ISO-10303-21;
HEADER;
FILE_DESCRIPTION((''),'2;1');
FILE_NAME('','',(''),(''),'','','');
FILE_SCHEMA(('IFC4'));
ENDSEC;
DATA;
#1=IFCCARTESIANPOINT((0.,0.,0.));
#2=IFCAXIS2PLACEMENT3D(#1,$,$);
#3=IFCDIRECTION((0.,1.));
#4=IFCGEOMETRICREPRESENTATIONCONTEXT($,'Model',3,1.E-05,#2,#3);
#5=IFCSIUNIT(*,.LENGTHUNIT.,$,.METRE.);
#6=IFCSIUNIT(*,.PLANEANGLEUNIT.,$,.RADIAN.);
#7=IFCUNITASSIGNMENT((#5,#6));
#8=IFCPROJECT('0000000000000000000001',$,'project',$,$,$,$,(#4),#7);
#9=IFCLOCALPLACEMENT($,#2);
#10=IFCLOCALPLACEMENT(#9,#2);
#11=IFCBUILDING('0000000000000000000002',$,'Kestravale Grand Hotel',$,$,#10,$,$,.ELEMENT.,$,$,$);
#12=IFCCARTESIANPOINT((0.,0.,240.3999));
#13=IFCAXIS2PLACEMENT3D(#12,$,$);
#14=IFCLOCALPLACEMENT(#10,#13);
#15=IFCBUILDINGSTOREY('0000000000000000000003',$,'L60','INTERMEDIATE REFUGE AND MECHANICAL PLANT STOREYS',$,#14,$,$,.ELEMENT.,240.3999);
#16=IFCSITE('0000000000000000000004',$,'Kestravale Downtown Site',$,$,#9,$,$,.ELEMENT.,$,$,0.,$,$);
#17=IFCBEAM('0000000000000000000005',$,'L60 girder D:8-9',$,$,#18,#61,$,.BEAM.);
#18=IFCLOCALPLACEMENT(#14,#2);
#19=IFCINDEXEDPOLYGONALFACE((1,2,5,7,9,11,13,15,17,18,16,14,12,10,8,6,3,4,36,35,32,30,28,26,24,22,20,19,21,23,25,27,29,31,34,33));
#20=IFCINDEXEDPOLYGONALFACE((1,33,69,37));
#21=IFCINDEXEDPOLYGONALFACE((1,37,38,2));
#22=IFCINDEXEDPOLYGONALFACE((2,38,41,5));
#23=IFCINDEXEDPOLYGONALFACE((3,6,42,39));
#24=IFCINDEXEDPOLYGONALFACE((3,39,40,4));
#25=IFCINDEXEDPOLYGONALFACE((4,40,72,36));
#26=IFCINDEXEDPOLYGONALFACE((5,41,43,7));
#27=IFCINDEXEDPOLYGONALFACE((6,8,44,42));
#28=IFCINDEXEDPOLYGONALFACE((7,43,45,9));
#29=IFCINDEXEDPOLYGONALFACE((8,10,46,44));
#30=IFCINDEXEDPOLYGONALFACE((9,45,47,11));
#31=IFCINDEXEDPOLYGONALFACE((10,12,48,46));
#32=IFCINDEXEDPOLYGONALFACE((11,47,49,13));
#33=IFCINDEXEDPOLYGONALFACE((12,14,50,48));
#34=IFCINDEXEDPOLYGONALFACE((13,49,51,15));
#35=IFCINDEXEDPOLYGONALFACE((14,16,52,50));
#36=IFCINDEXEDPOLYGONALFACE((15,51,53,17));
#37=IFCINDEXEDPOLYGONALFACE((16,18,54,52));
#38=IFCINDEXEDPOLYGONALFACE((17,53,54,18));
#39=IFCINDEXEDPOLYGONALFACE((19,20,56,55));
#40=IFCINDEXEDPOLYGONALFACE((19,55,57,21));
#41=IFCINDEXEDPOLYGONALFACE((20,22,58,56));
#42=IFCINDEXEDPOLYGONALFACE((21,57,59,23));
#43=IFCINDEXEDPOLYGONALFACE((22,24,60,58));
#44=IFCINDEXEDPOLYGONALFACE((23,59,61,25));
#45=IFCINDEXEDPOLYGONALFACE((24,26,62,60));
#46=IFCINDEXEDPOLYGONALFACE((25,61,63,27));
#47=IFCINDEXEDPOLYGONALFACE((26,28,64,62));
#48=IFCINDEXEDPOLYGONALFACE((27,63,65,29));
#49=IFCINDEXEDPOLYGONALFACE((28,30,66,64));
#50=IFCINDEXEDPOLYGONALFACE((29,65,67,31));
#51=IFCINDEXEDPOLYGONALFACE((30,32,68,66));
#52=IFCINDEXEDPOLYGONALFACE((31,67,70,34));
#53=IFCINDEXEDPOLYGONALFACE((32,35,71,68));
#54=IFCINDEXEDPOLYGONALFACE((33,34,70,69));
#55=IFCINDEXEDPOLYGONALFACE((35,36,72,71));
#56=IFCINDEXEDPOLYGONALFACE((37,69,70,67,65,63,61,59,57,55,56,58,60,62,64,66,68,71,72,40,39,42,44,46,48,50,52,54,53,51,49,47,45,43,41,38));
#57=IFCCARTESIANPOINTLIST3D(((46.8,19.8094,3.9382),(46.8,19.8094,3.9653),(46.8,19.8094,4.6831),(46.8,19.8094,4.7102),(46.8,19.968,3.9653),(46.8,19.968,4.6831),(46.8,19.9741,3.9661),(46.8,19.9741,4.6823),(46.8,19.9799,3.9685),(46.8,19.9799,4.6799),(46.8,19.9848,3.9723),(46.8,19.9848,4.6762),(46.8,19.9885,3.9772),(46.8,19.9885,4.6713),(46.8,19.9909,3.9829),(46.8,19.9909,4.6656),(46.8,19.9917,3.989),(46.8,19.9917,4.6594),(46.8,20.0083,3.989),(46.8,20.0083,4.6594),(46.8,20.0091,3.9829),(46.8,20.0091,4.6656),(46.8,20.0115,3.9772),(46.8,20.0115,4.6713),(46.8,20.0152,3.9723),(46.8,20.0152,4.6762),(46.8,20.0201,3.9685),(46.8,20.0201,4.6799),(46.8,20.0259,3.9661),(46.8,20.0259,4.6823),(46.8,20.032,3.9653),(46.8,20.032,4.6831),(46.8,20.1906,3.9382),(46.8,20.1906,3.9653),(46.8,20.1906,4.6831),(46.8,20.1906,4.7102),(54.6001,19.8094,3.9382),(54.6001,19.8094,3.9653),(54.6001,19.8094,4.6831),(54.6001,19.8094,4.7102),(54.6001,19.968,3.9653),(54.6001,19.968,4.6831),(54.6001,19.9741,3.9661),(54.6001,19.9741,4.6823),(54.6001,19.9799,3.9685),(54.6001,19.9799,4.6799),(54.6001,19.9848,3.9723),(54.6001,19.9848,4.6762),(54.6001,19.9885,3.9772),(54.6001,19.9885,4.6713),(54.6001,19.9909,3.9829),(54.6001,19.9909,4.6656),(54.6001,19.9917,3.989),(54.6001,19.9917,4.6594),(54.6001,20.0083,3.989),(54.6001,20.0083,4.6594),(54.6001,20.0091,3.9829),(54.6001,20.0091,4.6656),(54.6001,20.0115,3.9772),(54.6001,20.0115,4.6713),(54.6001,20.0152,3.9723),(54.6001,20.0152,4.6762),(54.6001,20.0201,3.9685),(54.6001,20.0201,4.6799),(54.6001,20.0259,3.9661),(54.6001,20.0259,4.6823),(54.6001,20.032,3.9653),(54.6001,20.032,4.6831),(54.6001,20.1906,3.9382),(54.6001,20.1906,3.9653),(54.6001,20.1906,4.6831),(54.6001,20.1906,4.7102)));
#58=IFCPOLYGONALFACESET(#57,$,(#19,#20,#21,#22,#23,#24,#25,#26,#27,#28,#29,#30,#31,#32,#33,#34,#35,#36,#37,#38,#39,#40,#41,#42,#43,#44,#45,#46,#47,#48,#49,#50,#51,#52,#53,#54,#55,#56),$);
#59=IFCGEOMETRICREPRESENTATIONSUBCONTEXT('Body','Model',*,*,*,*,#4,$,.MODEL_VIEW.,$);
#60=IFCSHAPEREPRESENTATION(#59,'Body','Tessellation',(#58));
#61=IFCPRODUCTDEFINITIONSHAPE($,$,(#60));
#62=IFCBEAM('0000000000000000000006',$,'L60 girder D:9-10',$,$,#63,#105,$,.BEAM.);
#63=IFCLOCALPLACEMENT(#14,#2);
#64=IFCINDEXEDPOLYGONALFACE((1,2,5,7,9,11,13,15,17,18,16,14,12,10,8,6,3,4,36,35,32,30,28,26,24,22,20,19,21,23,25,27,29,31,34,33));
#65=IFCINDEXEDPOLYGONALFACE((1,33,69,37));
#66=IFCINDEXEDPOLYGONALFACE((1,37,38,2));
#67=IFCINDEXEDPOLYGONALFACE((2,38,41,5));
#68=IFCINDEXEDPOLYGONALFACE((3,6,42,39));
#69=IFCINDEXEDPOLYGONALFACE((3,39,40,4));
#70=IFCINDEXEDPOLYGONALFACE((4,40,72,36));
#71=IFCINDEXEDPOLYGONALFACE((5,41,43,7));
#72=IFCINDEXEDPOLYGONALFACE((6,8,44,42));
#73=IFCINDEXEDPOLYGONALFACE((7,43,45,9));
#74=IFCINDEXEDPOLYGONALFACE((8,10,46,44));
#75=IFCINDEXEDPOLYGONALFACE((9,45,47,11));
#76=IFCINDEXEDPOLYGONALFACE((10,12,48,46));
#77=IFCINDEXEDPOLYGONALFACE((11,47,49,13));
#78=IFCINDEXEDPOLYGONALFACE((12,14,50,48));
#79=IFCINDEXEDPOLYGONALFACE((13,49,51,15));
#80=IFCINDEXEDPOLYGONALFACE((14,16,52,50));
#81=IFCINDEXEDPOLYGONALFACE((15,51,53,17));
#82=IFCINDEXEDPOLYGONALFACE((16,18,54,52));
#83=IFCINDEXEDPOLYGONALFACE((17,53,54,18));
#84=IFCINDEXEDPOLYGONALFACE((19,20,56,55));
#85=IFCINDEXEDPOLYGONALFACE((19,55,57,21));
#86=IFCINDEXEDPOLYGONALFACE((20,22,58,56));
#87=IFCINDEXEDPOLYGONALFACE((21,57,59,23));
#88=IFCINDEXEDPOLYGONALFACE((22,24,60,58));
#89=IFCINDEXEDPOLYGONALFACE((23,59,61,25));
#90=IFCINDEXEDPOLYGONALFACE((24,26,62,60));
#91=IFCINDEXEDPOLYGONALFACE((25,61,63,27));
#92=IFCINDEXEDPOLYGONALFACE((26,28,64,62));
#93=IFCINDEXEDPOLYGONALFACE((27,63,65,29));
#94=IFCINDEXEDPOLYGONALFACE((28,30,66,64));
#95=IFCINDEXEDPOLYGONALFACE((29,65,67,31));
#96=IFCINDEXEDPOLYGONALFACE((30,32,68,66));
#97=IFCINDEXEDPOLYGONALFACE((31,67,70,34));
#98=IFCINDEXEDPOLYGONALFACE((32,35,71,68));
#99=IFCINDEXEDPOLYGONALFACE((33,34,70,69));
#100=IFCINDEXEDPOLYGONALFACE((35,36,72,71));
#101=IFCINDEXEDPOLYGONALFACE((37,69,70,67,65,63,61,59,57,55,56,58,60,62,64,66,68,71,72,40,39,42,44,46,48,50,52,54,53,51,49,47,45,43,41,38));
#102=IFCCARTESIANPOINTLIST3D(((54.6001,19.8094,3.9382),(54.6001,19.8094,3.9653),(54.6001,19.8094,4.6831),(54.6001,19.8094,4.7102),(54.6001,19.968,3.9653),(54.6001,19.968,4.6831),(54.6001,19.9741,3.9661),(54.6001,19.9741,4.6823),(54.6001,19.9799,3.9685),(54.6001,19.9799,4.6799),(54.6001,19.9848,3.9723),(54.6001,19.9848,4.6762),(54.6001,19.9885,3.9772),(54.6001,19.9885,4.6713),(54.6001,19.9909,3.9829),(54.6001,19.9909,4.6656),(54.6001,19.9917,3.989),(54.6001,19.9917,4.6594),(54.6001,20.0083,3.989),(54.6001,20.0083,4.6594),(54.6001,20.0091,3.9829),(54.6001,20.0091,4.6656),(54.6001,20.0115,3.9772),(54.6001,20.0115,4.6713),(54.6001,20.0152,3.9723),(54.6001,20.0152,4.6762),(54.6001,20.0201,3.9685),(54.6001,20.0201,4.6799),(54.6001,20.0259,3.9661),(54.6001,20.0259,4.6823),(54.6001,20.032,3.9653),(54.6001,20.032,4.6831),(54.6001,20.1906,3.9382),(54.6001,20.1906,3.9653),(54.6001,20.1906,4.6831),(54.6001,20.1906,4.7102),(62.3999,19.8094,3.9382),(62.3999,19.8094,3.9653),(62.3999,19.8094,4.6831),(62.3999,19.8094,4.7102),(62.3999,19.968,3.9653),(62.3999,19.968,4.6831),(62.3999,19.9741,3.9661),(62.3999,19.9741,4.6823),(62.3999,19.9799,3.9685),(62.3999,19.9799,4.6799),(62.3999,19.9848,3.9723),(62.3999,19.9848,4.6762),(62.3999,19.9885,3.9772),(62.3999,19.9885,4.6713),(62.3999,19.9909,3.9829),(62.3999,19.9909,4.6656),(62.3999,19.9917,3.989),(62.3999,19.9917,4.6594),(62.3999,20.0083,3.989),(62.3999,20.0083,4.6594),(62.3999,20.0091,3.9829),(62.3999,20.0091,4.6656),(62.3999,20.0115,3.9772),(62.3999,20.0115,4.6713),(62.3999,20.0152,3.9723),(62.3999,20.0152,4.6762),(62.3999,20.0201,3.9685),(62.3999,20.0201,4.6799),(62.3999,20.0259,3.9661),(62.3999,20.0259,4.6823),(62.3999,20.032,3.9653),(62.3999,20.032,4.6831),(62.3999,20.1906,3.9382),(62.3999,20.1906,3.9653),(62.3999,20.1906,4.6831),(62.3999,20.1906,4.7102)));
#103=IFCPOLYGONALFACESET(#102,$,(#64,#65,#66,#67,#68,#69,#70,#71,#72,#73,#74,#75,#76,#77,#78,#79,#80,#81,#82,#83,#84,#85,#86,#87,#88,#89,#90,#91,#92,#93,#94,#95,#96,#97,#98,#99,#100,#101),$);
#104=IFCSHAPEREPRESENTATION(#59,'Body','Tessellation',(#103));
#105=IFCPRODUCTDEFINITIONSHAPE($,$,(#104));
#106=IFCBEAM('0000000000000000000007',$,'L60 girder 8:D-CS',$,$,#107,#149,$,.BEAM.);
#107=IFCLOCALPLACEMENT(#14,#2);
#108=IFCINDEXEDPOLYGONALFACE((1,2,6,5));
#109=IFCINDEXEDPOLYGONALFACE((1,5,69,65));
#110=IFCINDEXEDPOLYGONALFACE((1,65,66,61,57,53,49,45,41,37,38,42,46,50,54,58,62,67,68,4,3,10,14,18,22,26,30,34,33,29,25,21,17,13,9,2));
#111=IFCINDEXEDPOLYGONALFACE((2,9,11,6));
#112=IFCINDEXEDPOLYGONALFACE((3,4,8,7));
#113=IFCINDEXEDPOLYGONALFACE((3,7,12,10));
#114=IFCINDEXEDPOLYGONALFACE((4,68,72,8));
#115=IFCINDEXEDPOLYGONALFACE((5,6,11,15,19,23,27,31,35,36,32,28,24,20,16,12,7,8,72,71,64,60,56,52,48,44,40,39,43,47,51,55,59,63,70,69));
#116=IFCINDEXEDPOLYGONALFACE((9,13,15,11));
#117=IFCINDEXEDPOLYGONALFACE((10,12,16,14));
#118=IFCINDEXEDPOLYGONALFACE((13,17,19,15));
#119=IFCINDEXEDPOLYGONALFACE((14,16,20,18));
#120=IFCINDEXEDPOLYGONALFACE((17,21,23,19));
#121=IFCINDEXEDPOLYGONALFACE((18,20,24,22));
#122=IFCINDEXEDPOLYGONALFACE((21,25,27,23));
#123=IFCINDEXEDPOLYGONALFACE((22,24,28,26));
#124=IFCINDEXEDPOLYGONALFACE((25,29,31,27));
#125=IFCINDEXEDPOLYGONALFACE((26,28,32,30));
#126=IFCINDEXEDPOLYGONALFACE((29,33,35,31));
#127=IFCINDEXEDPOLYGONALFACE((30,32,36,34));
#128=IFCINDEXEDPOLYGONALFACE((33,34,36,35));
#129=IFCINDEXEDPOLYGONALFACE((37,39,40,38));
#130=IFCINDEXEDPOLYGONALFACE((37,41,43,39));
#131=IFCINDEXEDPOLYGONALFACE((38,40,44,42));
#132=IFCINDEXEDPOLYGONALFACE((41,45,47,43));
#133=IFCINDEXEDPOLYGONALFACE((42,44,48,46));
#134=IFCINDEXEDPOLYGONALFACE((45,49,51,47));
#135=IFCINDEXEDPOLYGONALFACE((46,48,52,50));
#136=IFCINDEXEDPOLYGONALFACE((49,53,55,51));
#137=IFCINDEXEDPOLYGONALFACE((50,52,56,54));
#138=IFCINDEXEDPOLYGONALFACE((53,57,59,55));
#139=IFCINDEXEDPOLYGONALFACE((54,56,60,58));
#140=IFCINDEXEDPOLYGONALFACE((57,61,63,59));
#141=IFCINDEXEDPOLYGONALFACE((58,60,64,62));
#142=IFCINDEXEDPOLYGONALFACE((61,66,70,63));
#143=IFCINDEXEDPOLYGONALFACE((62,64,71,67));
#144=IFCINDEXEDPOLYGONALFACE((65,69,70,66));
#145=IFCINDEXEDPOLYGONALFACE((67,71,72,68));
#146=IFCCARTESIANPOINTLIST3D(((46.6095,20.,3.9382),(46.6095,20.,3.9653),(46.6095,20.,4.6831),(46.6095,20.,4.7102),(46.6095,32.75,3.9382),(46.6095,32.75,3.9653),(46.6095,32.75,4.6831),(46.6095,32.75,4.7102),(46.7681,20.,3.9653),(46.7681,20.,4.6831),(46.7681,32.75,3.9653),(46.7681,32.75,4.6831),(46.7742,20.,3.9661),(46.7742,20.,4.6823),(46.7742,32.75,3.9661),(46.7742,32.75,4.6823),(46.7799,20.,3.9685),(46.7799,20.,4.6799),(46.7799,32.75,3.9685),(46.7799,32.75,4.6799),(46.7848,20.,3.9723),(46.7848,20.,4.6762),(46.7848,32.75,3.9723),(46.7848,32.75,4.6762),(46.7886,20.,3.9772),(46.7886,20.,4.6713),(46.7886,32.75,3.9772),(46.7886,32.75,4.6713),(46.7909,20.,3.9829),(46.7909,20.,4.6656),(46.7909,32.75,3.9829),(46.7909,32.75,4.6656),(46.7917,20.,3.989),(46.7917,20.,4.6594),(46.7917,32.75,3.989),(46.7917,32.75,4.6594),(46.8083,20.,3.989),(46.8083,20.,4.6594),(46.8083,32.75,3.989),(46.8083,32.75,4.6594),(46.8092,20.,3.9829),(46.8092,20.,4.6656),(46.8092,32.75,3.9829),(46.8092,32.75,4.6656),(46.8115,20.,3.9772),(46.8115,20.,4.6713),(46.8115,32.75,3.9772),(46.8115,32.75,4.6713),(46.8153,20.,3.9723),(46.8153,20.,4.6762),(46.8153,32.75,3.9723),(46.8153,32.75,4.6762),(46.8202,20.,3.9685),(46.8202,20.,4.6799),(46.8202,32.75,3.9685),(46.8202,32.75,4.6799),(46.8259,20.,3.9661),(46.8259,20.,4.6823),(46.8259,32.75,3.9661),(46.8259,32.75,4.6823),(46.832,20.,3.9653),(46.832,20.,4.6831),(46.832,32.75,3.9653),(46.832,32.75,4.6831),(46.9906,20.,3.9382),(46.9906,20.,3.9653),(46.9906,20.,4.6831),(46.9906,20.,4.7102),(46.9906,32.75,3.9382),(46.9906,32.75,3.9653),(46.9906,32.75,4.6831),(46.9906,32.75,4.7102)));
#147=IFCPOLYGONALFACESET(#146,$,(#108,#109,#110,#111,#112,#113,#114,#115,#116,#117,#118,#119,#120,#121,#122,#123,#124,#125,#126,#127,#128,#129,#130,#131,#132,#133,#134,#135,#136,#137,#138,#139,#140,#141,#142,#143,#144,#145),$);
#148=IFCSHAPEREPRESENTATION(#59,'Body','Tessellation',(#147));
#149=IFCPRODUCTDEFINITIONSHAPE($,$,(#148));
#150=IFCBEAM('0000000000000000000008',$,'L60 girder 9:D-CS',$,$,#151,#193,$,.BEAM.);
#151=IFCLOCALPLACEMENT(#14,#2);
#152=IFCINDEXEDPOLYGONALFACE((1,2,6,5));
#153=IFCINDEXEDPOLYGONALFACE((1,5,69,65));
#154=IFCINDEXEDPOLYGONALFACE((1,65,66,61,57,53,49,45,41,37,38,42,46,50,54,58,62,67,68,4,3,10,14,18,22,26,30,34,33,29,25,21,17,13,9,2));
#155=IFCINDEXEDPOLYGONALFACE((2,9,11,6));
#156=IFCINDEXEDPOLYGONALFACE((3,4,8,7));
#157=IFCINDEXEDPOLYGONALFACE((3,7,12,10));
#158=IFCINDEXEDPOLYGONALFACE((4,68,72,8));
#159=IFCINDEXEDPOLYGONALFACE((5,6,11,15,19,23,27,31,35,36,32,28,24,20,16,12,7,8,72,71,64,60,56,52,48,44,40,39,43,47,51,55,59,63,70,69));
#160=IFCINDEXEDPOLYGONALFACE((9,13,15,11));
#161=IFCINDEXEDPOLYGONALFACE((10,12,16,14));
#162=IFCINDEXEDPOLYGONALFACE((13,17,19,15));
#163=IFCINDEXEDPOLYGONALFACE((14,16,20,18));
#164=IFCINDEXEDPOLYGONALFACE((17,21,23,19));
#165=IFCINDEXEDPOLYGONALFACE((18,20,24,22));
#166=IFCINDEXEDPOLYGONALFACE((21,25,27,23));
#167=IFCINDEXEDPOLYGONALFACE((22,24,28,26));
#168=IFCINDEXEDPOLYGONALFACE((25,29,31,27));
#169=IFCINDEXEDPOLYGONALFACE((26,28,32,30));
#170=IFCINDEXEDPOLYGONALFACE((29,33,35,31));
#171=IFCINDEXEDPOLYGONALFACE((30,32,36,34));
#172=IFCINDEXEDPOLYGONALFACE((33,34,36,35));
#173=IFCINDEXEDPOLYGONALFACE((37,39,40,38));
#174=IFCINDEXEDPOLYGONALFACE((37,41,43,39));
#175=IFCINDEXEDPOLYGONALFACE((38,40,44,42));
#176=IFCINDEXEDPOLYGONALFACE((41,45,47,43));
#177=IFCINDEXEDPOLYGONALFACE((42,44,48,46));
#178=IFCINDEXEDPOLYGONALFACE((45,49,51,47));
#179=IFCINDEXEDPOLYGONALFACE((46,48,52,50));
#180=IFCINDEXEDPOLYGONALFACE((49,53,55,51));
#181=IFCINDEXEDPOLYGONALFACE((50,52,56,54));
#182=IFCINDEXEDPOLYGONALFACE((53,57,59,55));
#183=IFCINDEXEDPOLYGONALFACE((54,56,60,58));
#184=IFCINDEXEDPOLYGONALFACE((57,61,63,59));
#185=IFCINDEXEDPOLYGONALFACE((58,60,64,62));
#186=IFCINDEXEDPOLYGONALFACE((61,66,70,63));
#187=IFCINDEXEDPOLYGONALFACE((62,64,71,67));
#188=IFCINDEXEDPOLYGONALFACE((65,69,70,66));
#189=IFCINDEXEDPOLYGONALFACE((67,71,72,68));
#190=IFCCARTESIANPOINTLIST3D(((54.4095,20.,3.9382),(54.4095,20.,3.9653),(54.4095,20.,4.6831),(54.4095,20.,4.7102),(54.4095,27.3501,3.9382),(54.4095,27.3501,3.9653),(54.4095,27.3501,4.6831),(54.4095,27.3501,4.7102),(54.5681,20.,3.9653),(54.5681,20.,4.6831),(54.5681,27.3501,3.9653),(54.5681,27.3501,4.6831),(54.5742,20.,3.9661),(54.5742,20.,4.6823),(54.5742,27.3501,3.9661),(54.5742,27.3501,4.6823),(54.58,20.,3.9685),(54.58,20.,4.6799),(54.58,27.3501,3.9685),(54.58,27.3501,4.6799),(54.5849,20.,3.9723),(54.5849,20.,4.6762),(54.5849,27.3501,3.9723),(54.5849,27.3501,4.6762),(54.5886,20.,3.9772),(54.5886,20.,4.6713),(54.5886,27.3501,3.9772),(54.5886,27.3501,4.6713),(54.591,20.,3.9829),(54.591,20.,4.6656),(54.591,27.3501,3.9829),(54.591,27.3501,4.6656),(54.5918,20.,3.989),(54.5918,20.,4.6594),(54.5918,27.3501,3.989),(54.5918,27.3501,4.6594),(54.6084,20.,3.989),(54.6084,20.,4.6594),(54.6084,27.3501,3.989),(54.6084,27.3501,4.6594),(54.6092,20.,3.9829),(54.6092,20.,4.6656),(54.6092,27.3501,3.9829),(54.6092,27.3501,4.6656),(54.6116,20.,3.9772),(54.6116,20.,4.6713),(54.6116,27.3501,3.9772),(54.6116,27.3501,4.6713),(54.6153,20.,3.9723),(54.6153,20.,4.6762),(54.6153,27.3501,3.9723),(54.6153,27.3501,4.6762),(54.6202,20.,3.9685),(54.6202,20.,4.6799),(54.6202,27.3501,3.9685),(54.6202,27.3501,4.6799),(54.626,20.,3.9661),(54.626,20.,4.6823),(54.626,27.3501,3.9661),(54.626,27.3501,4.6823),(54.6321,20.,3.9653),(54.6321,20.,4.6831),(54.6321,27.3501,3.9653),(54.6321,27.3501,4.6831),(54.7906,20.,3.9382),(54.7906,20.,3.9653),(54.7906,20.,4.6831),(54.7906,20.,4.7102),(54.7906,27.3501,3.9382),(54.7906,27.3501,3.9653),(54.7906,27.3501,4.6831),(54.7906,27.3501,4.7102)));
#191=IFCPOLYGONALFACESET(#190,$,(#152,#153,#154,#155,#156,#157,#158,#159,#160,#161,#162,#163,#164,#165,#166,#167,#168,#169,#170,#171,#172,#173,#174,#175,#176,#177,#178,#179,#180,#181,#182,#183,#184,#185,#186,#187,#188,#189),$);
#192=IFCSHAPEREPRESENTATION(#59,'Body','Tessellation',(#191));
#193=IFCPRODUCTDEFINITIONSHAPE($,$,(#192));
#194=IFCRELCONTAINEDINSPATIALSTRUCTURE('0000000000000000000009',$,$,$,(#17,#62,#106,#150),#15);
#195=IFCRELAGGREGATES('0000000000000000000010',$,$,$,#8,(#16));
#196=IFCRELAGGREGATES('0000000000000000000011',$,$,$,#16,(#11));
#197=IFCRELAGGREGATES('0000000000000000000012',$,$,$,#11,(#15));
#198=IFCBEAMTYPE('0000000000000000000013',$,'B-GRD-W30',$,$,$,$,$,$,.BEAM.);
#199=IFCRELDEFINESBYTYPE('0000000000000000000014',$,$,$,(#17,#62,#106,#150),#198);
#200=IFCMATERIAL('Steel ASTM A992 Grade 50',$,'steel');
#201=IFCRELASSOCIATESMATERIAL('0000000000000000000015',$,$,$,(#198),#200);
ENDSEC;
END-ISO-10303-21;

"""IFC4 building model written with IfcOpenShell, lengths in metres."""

from ifc_helpers import new_model, si_unit, direction, frame, origin, origin_2d, place, context, subcontext, project, spatial, i_section, extrude, material, material_profile, profile_set, type_object, element, save


model = new_model("IFC4")

# Units and contexts
model_context = context("Model", 3, precision=1e-05, world=origin(), true_north=direction((0.0, 1.0)))
body_context = subcontext(model_context, "Body", "Model", "MODEL_VIEW")
ifc_project = project(units=[si_unit("LENGTHUNIT", "METRE"), si_unit("PLANEANGLEUNIT", "RADIAN")], contexts=[model_context])

# Site, building, storey
site_placement = place(None, origin())
site = spatial("IfcSite", under=ifc_project, at=site_placement, Name="Kestravale Downtown Site", CompositionType="ELEMENT", RefElevation=0.0)
building_placement = place(site_placement, origin())
building = spatial("IfcBuilding", under=site, at=building_placement, Name="Kestravale Grand Hotel", CompositionType="ELEMENT")
storey_placement = place(building_placement, frame((0.0, 0.0, 240.3999)))
storey = spatial("IfcBuildingStorey", under=building, at=storey_placement, Name="L60", Description="INTERMEDIATE REFUGE AND MECHANICAL PLANT STOREYS", CompositionType="ELEMENT", Elevation=240.3999)

# Beams
ifc_material_1 = material(Name="Steel ASTM A992 Grade 50", Category="steel")
ifc_material_profile_1 = material_profile(ifc_material_1, i_section(OverallWidth=0.3811, OverallDepth=0.772, WebThickness=0.0166, FlangeThickness=0.0271, FilletRadius=0.0237, at=origin_2d()))
ifc_profile_set_1 = profile_set([ifc_material_profile_1], Name="Steel ASTM A992 Grade 50")
beam_type_1 = type_object("IfcBeamType", Name="B-GRD-W30", PredefinedType="BEAM", material=ifc_profile_set_1)
beam_1_placement = place(storey_placement, frame((46.8, 20.0, 4.3242), z_axis=(1.0, 0.0, 0.0), x_axis=(0.0, 1.0, 0.0)))
element("IfcBeam", 1, at=beam_1_placement, inside=storey, type_object=beam_type_1, Name="L60 girder D:8-9", PredefinedType="BEAM", context=body_context, shape_type="SweptSolid", body=[
    extrude(i_section(OverallWidth=0.3811, OverallDepth=0.772, WebThickness=0.0166, FlangeThickness=0.0271, FilletRadius=0.0237, at=origin_2d()), origin(), (0.0, 0.0, 1.0), 7.8),
])
beam_2_placement = place(storey_placement, frame((54.6001, 20.0, 4.3242), z_axis=(1.0, 0.0, 0.0), x_axis=(0.0, 1.0, 0.0)))
element("IfcBeam", 2, at=beam_2_placement, inside=storey, type_object=beam_type_1, Name="L60 girder D:9-10", PredefinedType="BEAM", context=body_context, shape_type="SweptSolid", body=[
    extrude(i_section(OverallWidth=0.3811, OverallDepth=0.772, WebThickness=0.0166, FlangeThickness=0.0271, FilletRadius=0.0237, at=origin_2d()), origin(), (0.0, 0.0, 1.0), 7.7998),
])
beam_3_placement = place(storey_placement, frame((46.8, 20.0, 4.3242), z_axis=(0.0, 1.0, 0.0), x_axis=(-1.0, 0.0, 0.0)))
element("IfcBeam", 3, at=beam_3_placement, inside=storey, type_object=beam_type_1, Name="L60 girder 8:D-CS", PredefinedType="BEAM", context=body_context, shape_type="SweptSolid", body=[
    extrude(i_section(OverallWidth=0.3811, OverallDepth=0.772, WebThickness=0.0166, FlangeThickness=0.0271, FilletRadius=0.0237, at=origin_2d()), origin(), (0.0, 0.0, 1.0), 12.75),
])
beam_4_placement = place(storey_placement, frame((54.6001, 20.0, 4.3242), z_axis=(0.0, 1.0, 0.0), x_axis=(-1.0, 0.0, 0.0)))
element("IfcBeam", 4, at=beam_4_placement, inside=storey, type_object=beam_type_1, Name="L60 girder 9:D-CS", PredefinedType="BEAM", context=body_context, shape_type="SweptSolid", body=[
    extrude(i_section(OverallWidth=0.3811, OverallDepth=0.772, WebThickness=0.0166, FlangeThickness=0.0271, FilletRadius=0.0237, at=origin_2d()), origin(), (0.0, 0.0, 1.0), 7.3501),
])

save(model, "model.ifc")
